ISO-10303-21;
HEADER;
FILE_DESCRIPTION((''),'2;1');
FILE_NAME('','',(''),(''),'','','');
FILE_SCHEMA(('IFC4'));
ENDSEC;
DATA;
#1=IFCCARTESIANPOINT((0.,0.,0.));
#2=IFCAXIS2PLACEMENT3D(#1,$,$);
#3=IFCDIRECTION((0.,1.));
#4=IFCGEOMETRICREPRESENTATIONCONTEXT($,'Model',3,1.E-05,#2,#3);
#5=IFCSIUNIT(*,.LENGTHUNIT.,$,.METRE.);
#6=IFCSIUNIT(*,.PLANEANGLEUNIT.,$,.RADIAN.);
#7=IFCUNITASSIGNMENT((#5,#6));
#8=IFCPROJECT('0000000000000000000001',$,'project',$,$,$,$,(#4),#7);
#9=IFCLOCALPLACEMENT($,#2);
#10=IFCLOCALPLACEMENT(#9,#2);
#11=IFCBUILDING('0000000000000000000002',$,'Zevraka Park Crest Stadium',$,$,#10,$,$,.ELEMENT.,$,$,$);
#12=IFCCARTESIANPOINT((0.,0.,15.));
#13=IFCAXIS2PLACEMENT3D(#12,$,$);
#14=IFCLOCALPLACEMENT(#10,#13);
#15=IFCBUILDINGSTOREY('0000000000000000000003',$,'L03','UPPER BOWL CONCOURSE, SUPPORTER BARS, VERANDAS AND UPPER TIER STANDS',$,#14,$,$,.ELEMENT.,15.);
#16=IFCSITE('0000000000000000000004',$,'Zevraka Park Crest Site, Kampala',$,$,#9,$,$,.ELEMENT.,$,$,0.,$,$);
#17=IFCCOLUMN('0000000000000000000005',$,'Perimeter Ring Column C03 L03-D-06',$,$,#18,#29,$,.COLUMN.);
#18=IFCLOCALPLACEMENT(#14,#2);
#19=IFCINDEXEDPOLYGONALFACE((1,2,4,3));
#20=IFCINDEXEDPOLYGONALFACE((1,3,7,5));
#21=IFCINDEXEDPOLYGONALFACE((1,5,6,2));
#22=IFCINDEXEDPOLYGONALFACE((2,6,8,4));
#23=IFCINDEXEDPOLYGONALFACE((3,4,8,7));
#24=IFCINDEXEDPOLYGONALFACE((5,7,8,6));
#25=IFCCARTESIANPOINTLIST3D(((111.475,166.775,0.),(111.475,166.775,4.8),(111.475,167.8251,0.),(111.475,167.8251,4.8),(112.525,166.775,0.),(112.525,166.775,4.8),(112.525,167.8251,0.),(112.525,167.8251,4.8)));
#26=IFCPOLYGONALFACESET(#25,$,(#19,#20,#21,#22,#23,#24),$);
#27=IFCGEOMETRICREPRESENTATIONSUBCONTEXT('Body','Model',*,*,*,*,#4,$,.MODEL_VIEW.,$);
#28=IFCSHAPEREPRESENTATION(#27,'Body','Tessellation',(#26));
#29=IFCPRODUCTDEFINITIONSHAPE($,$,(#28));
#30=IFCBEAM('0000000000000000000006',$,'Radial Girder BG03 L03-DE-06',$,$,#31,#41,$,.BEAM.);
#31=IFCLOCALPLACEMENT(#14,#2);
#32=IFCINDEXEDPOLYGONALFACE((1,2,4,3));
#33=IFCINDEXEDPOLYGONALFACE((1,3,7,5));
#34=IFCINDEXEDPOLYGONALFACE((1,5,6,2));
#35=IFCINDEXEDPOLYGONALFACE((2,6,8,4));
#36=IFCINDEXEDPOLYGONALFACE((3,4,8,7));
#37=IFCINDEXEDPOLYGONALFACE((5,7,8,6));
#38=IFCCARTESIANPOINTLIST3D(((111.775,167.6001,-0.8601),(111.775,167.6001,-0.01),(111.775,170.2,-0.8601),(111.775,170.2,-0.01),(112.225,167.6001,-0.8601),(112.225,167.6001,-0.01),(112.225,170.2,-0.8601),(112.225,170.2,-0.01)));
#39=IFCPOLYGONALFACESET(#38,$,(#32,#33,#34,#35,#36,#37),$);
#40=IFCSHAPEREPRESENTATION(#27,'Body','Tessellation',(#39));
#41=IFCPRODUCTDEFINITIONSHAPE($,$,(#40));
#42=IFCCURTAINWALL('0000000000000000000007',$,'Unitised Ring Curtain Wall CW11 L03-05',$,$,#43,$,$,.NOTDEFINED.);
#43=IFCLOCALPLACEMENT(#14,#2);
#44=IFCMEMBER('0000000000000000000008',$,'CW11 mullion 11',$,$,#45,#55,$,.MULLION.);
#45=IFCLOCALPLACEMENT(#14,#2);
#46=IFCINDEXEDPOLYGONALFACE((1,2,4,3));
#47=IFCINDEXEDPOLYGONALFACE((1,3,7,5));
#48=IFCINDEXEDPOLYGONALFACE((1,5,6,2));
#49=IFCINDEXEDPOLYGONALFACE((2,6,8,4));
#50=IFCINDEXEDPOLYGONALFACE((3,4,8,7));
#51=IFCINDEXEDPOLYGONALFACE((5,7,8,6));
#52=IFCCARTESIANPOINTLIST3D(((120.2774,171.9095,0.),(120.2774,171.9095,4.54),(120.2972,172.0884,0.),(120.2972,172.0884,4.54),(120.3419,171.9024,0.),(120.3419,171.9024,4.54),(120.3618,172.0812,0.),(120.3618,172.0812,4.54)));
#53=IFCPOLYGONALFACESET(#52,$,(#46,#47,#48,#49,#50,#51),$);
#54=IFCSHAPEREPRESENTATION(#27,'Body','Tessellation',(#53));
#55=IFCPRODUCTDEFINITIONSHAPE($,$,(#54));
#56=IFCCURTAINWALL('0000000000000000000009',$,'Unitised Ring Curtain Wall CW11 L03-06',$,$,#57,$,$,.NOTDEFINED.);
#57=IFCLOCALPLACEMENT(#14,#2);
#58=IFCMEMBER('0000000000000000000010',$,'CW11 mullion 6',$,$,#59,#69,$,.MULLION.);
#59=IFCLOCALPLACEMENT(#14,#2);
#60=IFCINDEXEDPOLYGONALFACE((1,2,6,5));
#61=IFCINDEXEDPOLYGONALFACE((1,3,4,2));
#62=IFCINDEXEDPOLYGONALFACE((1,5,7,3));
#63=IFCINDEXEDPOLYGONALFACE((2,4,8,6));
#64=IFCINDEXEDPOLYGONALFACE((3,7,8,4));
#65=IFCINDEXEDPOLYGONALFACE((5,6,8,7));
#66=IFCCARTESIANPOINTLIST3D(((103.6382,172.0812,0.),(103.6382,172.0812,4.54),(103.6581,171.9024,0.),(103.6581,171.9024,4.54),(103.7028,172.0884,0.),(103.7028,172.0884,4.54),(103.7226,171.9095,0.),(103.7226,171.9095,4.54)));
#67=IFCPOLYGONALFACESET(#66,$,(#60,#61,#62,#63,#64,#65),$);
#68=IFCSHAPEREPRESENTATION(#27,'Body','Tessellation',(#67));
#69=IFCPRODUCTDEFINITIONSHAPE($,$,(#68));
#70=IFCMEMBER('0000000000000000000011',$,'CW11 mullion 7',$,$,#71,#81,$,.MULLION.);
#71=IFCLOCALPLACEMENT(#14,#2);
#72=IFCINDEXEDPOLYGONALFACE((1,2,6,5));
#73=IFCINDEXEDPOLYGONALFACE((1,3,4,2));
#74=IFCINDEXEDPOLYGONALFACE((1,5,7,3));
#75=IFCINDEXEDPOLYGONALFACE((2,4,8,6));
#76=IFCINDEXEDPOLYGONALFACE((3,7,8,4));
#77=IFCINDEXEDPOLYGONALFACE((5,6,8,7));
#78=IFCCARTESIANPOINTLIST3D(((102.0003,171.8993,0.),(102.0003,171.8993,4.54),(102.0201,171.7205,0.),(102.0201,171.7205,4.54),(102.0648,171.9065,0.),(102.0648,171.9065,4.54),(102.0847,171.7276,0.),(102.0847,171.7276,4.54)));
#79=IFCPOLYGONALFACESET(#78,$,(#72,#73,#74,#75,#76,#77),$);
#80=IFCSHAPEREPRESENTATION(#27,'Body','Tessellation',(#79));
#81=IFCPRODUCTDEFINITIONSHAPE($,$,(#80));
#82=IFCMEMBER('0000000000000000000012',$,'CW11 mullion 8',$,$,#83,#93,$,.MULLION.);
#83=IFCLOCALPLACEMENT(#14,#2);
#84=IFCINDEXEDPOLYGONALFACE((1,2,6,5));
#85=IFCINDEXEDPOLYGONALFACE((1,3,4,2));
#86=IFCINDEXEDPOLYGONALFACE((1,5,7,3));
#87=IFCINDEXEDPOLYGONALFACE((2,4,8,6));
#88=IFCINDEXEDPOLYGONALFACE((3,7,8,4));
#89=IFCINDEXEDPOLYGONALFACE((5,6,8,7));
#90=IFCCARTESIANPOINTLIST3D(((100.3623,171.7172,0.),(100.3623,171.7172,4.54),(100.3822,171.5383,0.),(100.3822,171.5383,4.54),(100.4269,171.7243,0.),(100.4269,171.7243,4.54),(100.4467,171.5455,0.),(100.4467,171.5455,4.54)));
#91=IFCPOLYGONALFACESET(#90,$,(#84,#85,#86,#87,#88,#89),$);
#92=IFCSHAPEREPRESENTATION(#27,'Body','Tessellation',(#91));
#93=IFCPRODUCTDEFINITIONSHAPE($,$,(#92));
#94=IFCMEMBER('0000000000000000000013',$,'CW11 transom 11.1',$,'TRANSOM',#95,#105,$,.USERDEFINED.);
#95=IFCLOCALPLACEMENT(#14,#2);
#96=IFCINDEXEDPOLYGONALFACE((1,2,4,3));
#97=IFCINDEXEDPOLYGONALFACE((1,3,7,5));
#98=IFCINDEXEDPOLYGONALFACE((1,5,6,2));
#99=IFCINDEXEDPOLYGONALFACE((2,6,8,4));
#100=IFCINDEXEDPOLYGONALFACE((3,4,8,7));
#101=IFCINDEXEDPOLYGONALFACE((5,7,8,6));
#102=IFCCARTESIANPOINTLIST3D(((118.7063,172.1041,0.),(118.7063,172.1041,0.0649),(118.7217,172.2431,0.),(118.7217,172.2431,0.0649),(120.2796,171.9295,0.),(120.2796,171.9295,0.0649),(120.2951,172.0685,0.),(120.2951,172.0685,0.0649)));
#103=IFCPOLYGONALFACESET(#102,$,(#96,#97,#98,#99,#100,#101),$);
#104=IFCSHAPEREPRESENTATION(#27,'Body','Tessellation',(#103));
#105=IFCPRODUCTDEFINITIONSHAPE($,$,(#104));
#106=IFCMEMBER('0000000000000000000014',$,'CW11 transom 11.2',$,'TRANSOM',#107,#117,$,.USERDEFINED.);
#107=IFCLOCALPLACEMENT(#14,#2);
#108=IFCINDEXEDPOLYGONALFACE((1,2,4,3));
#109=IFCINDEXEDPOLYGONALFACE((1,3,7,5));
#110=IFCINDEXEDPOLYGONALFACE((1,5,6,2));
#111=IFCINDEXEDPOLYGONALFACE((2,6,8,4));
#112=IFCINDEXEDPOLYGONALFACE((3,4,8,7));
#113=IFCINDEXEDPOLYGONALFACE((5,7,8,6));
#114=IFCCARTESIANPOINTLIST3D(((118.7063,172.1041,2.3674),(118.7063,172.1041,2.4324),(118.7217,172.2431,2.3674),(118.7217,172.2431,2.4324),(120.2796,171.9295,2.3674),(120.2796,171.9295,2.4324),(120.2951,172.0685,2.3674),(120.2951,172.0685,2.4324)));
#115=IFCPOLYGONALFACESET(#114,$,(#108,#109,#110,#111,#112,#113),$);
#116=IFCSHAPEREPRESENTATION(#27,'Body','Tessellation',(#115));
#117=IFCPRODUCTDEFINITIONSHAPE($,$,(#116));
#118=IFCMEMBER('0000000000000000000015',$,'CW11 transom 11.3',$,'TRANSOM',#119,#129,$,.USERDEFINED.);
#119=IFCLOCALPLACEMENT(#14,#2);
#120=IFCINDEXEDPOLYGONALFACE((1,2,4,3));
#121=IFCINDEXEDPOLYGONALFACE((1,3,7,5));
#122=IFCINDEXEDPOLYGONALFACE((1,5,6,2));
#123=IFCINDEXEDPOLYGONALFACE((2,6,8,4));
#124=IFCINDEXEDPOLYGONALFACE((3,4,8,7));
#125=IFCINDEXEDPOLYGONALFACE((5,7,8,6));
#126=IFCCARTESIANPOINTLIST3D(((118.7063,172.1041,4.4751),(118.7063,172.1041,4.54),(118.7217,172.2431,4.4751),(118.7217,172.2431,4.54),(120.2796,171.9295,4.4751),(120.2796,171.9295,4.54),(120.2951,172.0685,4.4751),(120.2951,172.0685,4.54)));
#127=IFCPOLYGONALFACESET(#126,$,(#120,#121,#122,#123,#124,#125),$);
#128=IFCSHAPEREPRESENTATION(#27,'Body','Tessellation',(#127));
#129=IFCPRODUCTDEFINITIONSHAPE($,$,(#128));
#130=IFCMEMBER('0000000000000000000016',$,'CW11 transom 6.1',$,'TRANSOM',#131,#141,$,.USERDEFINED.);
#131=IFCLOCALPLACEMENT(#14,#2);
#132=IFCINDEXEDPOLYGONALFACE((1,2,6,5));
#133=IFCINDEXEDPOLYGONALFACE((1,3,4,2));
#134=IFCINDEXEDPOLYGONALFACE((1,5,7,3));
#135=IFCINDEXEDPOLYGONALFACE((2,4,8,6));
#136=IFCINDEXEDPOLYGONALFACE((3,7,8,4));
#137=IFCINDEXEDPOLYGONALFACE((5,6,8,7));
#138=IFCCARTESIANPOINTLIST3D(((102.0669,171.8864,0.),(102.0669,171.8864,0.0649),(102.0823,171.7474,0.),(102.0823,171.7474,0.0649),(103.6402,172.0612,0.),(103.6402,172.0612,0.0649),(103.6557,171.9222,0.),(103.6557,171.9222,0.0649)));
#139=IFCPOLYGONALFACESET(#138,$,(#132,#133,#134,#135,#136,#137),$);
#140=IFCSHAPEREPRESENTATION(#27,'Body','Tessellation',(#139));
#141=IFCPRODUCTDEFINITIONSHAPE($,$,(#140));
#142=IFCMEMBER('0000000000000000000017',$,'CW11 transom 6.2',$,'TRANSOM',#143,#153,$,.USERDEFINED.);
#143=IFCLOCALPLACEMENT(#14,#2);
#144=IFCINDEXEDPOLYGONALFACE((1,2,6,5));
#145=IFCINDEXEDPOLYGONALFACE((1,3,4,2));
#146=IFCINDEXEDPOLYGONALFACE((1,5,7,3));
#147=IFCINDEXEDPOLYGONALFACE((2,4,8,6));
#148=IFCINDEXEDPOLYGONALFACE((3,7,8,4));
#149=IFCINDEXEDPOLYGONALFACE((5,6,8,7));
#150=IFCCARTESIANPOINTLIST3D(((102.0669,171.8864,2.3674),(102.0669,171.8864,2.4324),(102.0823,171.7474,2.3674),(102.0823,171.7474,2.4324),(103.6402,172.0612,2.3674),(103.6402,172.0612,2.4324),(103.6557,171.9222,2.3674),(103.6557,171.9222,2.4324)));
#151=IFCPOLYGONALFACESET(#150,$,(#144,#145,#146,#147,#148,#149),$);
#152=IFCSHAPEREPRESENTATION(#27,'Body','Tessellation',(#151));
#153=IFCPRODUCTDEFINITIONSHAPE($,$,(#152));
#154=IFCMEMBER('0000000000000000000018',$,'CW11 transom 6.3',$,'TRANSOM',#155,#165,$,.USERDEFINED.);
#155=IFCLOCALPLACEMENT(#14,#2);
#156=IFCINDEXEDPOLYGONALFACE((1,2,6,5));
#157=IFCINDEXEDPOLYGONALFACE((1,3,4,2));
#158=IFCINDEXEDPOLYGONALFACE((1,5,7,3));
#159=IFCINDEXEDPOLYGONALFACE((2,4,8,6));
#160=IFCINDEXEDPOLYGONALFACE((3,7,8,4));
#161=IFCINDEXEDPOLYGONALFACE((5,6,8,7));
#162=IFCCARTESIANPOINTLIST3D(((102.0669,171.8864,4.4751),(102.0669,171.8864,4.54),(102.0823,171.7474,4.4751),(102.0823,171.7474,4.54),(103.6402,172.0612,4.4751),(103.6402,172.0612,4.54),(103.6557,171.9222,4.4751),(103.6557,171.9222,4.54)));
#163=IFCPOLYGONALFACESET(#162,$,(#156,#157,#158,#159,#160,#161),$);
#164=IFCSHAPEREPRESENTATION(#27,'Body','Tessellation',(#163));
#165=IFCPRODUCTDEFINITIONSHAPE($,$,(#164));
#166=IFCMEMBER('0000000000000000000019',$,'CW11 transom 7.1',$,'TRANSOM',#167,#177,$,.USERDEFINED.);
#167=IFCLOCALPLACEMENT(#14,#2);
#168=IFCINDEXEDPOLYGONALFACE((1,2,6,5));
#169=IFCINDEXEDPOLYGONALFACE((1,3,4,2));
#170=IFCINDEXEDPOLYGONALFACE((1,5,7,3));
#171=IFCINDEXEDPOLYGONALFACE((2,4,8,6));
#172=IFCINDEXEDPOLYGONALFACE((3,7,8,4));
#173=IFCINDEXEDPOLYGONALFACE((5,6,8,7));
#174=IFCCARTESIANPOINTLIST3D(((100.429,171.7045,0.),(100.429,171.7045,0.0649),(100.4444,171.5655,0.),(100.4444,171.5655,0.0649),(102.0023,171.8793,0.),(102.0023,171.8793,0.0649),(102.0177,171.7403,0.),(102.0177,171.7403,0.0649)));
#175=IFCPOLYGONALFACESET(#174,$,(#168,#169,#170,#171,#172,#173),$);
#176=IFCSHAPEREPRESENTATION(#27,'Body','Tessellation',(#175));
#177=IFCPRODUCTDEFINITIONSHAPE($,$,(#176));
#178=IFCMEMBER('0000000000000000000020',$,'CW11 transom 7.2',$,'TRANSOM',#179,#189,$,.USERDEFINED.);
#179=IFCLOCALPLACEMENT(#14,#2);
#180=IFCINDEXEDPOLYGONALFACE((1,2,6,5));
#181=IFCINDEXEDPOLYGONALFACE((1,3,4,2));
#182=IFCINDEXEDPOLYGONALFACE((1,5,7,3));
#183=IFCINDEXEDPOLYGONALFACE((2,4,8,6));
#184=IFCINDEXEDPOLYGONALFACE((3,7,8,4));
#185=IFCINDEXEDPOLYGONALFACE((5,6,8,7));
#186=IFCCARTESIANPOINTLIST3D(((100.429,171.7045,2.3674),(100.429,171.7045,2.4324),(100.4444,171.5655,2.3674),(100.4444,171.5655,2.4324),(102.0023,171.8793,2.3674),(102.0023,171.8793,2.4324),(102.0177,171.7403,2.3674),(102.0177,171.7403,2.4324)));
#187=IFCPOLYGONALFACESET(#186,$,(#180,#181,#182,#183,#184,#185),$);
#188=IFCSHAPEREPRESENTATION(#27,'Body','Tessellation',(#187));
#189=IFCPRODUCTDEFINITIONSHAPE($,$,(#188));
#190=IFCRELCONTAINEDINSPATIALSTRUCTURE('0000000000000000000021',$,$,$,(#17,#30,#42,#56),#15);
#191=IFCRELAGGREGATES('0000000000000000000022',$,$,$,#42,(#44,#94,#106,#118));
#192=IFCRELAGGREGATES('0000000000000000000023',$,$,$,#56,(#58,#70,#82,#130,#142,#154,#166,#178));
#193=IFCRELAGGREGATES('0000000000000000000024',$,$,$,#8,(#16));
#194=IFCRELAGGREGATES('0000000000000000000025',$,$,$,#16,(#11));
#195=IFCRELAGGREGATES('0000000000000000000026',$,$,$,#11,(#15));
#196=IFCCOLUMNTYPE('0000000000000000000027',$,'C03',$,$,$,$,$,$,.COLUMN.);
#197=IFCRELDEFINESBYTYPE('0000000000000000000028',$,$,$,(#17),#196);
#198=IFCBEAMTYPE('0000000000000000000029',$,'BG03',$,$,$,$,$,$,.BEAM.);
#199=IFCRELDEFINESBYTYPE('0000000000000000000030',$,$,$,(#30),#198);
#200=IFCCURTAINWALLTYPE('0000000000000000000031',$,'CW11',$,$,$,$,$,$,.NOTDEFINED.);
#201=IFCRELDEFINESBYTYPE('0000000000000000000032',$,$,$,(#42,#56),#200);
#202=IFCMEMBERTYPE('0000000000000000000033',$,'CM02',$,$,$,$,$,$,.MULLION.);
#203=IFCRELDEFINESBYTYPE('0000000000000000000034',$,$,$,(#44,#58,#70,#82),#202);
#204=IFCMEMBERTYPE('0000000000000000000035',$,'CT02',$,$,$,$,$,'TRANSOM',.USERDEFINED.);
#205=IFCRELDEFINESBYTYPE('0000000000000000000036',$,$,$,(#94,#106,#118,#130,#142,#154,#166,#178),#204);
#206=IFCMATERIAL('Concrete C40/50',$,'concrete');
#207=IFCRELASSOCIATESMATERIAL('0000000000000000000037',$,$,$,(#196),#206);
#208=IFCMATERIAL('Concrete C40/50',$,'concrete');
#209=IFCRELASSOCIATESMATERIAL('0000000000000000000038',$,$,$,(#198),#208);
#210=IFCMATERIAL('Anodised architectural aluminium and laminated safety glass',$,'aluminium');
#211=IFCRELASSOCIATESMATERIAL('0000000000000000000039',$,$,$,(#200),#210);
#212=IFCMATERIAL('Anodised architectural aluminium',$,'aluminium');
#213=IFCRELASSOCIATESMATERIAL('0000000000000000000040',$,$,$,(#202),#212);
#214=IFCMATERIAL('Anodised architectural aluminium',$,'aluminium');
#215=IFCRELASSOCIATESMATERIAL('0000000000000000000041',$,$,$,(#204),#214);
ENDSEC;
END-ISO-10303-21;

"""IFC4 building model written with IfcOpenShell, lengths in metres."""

from ifc_helpers import new_model, si_unit, direction, frame, origin, origin_2d, place, context, subcontext, project, spatial, rectangle, extrude, material, material_profile, profile_set, type_object, element, aggregate, save


model = new_model("IFC4")

# Units and contexts
model_context = context("Model", 3, precision=1e-05, world=origin(), true_north=direction((0.0, 1.0)))
body_context = subcontext(model_context, "Body", "Model", "MODEL_VIEW")
ifc_project = project(units=[si_unit("LENGTHUNIT", "METRE"), si_unit("PLANEANGLEUNIT", "RADIAN")], contexts=[model_context])

# Site, building, storey
site_placement = place(None, origin())
site = spatial("IfcSite", under=ifc_project, at=site_placement, Name="Zevraka Park Crest Site, Kampala", CompositionType="ELEMENT", RefElevation=0.0)
building_placement = place(site_placement, origin())
building = spatial("IfcBuilding", under=site, at=building_placement, Name="Zevraka Park Crest Stadium", CompositionType="ELEMENT")
storey_placement = place(building_placement, frame((0.0, 0.0, 15.0)))
storey = spatial("IfcBuildingStorey", under=building, at=storey_placement, Name="L03", Description="UPPER BOWL CONCOURSE, SUPPORTER BARS, VERANDAS AND UPPER TIER STANDS", CompositionType="ELEMENT", Elevation=15.0)

# Column
ifc_material_1 = material(Name="Concrete C40/50", Category="concrete")
ifc_material_profile_1 = material_profile(ifc_material_1, rectangle(XDim=1.05, YDim=1.05, at=origin_2d()), Name="RC 1050x1050")
ifc_profile_set_1 = profile_set([ifc_material_profile_1], Name="Concrete C40/50")
column_type = type_object("IfcColumnType", Name="C03", PredefinedType="COLUMN", material=ifc_profile_set_1)
column_placement = place(storey_placement, frame((112.0, 167.3, 0.0), z_axis=(0.0, 0.0, 1.0), x_axis=(0.0, 1.0, 0.0)))
element("IfcColumn", 1, at=column_placement, inside=storey, type_object=column_type, Name="Perimeter Ring Column C03 L03-D-06", PredefinedType="COLUMN", context=body_context, shape_type="SweptSolid", body=[
    extrude(rectangle(XDim=1.05, YDim=1.05, at=origin_2d()), origin(), (0.0, 0.0, 1.0), 4.8),
])

# Beam
ifc_material_2 = material(Name="Concrete C40/50", Category="concrete")
ifc_material_profile_2 = material_profile(ifc_material_2, rectangle(XDim=0.45, YDim=0.8501, at=origin_2d()), Name="RC 850x450")
ifc_profile_set_2 = profile_set([ifc_material_profile_2], Name="Concrete C40/50")
beam_type_1 = type_object("IfcBeamType", Name="BG03", PredefinedType="BEAM", material=ifc_profile_set_2)
beam_1_placement = place(storey_placement, frame((112.0, 167.6001, -0.4351), z_axis=(0.0, 1.0, 0.0), x_axis=(-1.0, 0.0, 0.0)))
element("IfcBeam", 2, at=beam_1_placement, inside=storey, type_object=beam_type_1, Name="Radial Girder BG03 L03-DE-06", PredefinedType="BEAM", context=body_context, shape_type="SweptSolid", body=[
    extrude(rectangle(XDim=0.45, YDim=0.8501, at=origin_2d()), origin(), (0.0, 0.0, 1.0), 2.5999),
])

# Curtain wall, member
ifc_material_3 = material(Name="Anodised architectural aluminium and laminated safety glass", Category="aluminium")
curtain_wall_type = type_object("IfcCurtainWallType", Name="CW11", PredefinedType="NOTDEFINED", material=ifc_material_3)
curtain_wall_1_placement = place(storey_placement, origin())
curtain_wall_1 = element("IfcCurtainWall", 3, at=curtain_wall_1_placement, inside=storey, type_object=curtain_wall_type, Name="Unitised Ring Curtain Wall CW11 L03-05", PredefinedType="NOTDEFINED")
ifc_material_4 = material(Name="Anodised architectural aluminium", Category="aluminium")
ifc_material_profile_3 = material_profile(ifc_material_4, rectangle(XDim=0.1799, YDim=0.0649, at=origin_2d()), Name="ALU MULLION 180x65")
ifc_profile_set_3 = profile_set([ifc_material_profile_3], Name="Anodised architectural aluminium")
member_type_1 = type_object("IfcMemberType", Name="CM02", PredefinedType="MULLION", material=ifc_profile_set_3)
member_1_placement = place(storey_placement, frame((120.3196, 171.9954, 0.0), z_axis=(0.0, 0.0, 1.0), x_axis=(-0.110396, -0.993888, 0.0)))
member_1 = element("IfcMember", 4, at=member_1_placement, type_object=member_type_1, Name="CW11 mullion 11", PredefinedType="MULLION", context=body_context, shape_type="SweptSolid", body=[
    extrude(rectangle(XDim=0.1799, YDim=0.0649, at=origin_2d()), origin(), (0.0, 0.0, 1.0), 4.54),
])

# Curtain wall, members
curtain_wall_2_placement = place(storey_placement, origin())
curtain_wall_2 = element("IfcCurtainWall", 5, at=curtain_wall_2_placement, inside=storey, type_object=curtain_wall_type, Name="Unitised Ring Curtain Wall CW11 L03-06", PredefinedType="NOTDEFINED")
member_2_placement = place(storey_placement, frame((103.6804, 171.9954, 0.0), z_axis=(0.0, 0.0, 1.0), x_axis=(0.110396, -0.993888, 0.0)))
member_2 = element("IfcMember", 6, at=member_2_placement, type_object=member_type_1, Name="CW11 mullion 6", PredefinedType="MULLION", context=body_context, shape_type="SweptSolid", body=[
    extrude(rectangle(XDim=0.1799, YDim=0.0649, at=origin_2d()), origin(), (0.0, 0.0, 1.0), 4.54),
])
member_3_placement = place(storey_placement, frame((102.0425, 171.8135, 0.0), z_axis=(0.0, 0.0, 1.0), x_axis=(0.110396, -0.993888, 0.0)))
member_3 = element("IfcMember", 7, at=member_3_placement, type_object=member_type_1, Name="CW11 mullion 7", PredefinedType="MULLION", context=body_context, shape_type="SweptSolid", body=[
    extrude(rectangle(XDim=0.1799, YDim=0.0649, at=origin_2d()), origin(), (0.0, 0.0, 1.0), 4.54),
])
member_4_placement = place(storey_placement, frame((100.4045, 171.6313, 0.0), z_axis=(0.0, 0.0, 1.0), x_axis=(0.110396, -0.993888, 0.0)))
member_4 = element("IfcMember", 8, at=member_4_placement, type_object=member_type_1, Name="CW11 mullion 8", PredefinedType="MULLION", context=body_context, shape_type="SweptSolid", body=[
    extrude(rectangle(XDim=0.1799, YDim=0.0649, at=origin_2d()), origin(), (0.0, 0.0, 1.0), 4.54),
])

# Members
ifc_material_5 = material(Name="Anodised architectural aluminium", Category="aluminium")
ifc_material_profile_4 = material_profile(ifc_material_5, rectangle(XDim=0.1399, YDim=0.0649, at=origin_2d()), Name="ALU TRANSOM 140x65")
ifc_profile_set_4 = profile_set([ifc_material_profile_4], Name="Anodised architectural aluminium")
member_type_2 = type_object("IfcMemberType", Name="CT02", ElementType="TRANSOM", PredefinedType="USERDEFINED", material=ifc_profile_set_4)
member_5_placement = place(storey_placement, frame((120.2874, 171.999, 0.0325), z_axis=(-0.993901, 0.110279, 0.0), x_axis=(-0.110279, -0.993901, 0.0)))
member_5 = element("IfcMember", 9, at=member_5_placement, type_object=member_type_2, Name="CW11 transom 11.1", ObjectType="TRANSOM", PredefinedType="USERDEFINED", context=body_context, shape_type="SweptSolid", body=[
    extrude(rectangle(XDim=0.1399, YDim=0.0649, at=origin_2d()), origin(), (0.0, 0.0, 1.0), 1.583),
])
member_6_placement = place(storey_placement, frame((120.2874, 171.999, 2.3999), z_axis=(-0.993901, 0.110279, 0.0), x_axis=(-0.110279, -0.993901, 0.0)))
member_6 = element("IfcMember", 10, at=member_6_placement, type_object=member_type_2, Name="CW11 transom 11.2", ObjectType="TRANSOM", PredefinedType="USERDEFINED", context=body_context, shape_type="SweptSolid", body=[
    extrude(rectangle(XDim=0.1399, YDim=0.0649, at=origin_2d()), origin(), (0.0, 0.0, 1.0), 1.583),
])
member_7_placement = place(storey_placement, frame((120.2874, 171.999, 4.5076), z_axis=(-0.993901, 0.110279, 0.0), x_axis=(-0.110279, -0.993901, 0.0)))
member_7 = element("IfcMember", 11, at=member_7_placement, type_object=member_type_2, Name="CW11 transom 11.3", ObjectType="TRANSOM", PredefinedType="USERDEFINED", context=body_context, shape_type="SweptSolid", body=[
    extrude(rectangle(XDim=0.1399, YDim=0.0649, at=origin_2d()), origin(), (0.0, 0.0, 1.0), 1.583),
])
member_8_placement = place(storey_placement, frame((103.6479, 171.9917, 0.0325), z_axis=(-0.993884, -0.110432, 0.0), x_axis=(0.110432, -0.993884, 0.0)))
member_8 = element("IfcMember", 12, at=member_8_placement, type_object=member_type_2, Name="CW11 transom 6.1", ObjectType="TRANSOM", PredefinedType="USERDEFINED", context=body_context, shape_type="SweptSolid", body=[
    extrude(rectangle(XDim=0.1399, YDim=0.0649, at=origin_2d()), origin(), (0.0, 0.0, 1.0), 1.583),
])
member_9_placement = place(storey_placement, frame((103.6479, 171.9917, 2.3999), z_axis=(-0.993884, -0.110432, 0.0), x_axis=(0.110432, -0.993884, 0.0)))
member_9 = element("IfcMember", 13, at=member_9_placement, type_object=member_type_2, Name="CW11 transom 6.2", ObjectType="TRANSOM", PredefinedType="USERDEFINED", context=body_context, shape_type="SweptSolid", body=[
    extrude(rectangle(XDim=0.1399, YDim=0.0649, at=origin_2d()), origin(), (0.0, 0.0, 1.0), 1.583),
])
member_10_placement = place(storey_placement, frame((103.6479, 171.9917, 4.5076), z_axis=(-0.993884, -0.110432, 0.0), x_axis=(0.110432, -0.993884, 0.0)))
member_10 = element("IfcMember", 14, at=member_10_placement, type_object=member_type_2, Name="CW11 transom 6.3", ObjectType="TRANSOM", PredefinedType="USERDEFINED", context=body_context, shape_type="SweptSolid", body=[
    extrude(rectangle(XDim=0.1399, YDim=0.0649, at=origin_2d()), origin(), (0.0, 0.0, 1.0), 1.583),
])
member_11_placement = place(storey_placement, frame((102.01, 171.8098, 0.0325), z_axis=(-0.993884, -0.110432, 0.0), x_axis=(0.110432, -0.993884, 0.0)))
member_11 = element("IfcMember", 15, at=member_11_placement, type_object=member_type_2, Name="CW11 transom 7.1", ObjectType="TRANSOM", PredefinedType="USERDEFINED", context=body_context, shape_type="SweptSolid", body=[
    extrude(rectangle(XDim=0.1399, YDim=0.0649, at=origin_2d()), origin(), (0.0, 0.0, 1.0), 1.583),
])
member_12_placement = place(storey_placement, frame((102.01, 171.8098, 2.3999), z_axis=(-0.993884, -0.110432, 0.0), x_axis=(0.110432, -0.993884, 0.0)))
member_12 = element("IfcMember", 16, at=member_12_placement, type_object=member_type_2, Name="CW11 transom 7.2", ObjectType="TRANSOM", PredefinedType="USERDEFINED", context=body_context, shape_type="SweptSolid", body=[
    extrude(rectangle(XDim=0.1399, YDim=0.0649, at=origin_2d()), origin(), (0.0, 0.0, 1.0), 1.583),
])

aggregate(curtain_wall_1, [member_1, member_5, member_6, member_7])
aggregate(curtain_wall_2, [member_2, member_3, member_4, member_8, member_9, member_10, member_11, member_12])

save(model, "model.ifc")
